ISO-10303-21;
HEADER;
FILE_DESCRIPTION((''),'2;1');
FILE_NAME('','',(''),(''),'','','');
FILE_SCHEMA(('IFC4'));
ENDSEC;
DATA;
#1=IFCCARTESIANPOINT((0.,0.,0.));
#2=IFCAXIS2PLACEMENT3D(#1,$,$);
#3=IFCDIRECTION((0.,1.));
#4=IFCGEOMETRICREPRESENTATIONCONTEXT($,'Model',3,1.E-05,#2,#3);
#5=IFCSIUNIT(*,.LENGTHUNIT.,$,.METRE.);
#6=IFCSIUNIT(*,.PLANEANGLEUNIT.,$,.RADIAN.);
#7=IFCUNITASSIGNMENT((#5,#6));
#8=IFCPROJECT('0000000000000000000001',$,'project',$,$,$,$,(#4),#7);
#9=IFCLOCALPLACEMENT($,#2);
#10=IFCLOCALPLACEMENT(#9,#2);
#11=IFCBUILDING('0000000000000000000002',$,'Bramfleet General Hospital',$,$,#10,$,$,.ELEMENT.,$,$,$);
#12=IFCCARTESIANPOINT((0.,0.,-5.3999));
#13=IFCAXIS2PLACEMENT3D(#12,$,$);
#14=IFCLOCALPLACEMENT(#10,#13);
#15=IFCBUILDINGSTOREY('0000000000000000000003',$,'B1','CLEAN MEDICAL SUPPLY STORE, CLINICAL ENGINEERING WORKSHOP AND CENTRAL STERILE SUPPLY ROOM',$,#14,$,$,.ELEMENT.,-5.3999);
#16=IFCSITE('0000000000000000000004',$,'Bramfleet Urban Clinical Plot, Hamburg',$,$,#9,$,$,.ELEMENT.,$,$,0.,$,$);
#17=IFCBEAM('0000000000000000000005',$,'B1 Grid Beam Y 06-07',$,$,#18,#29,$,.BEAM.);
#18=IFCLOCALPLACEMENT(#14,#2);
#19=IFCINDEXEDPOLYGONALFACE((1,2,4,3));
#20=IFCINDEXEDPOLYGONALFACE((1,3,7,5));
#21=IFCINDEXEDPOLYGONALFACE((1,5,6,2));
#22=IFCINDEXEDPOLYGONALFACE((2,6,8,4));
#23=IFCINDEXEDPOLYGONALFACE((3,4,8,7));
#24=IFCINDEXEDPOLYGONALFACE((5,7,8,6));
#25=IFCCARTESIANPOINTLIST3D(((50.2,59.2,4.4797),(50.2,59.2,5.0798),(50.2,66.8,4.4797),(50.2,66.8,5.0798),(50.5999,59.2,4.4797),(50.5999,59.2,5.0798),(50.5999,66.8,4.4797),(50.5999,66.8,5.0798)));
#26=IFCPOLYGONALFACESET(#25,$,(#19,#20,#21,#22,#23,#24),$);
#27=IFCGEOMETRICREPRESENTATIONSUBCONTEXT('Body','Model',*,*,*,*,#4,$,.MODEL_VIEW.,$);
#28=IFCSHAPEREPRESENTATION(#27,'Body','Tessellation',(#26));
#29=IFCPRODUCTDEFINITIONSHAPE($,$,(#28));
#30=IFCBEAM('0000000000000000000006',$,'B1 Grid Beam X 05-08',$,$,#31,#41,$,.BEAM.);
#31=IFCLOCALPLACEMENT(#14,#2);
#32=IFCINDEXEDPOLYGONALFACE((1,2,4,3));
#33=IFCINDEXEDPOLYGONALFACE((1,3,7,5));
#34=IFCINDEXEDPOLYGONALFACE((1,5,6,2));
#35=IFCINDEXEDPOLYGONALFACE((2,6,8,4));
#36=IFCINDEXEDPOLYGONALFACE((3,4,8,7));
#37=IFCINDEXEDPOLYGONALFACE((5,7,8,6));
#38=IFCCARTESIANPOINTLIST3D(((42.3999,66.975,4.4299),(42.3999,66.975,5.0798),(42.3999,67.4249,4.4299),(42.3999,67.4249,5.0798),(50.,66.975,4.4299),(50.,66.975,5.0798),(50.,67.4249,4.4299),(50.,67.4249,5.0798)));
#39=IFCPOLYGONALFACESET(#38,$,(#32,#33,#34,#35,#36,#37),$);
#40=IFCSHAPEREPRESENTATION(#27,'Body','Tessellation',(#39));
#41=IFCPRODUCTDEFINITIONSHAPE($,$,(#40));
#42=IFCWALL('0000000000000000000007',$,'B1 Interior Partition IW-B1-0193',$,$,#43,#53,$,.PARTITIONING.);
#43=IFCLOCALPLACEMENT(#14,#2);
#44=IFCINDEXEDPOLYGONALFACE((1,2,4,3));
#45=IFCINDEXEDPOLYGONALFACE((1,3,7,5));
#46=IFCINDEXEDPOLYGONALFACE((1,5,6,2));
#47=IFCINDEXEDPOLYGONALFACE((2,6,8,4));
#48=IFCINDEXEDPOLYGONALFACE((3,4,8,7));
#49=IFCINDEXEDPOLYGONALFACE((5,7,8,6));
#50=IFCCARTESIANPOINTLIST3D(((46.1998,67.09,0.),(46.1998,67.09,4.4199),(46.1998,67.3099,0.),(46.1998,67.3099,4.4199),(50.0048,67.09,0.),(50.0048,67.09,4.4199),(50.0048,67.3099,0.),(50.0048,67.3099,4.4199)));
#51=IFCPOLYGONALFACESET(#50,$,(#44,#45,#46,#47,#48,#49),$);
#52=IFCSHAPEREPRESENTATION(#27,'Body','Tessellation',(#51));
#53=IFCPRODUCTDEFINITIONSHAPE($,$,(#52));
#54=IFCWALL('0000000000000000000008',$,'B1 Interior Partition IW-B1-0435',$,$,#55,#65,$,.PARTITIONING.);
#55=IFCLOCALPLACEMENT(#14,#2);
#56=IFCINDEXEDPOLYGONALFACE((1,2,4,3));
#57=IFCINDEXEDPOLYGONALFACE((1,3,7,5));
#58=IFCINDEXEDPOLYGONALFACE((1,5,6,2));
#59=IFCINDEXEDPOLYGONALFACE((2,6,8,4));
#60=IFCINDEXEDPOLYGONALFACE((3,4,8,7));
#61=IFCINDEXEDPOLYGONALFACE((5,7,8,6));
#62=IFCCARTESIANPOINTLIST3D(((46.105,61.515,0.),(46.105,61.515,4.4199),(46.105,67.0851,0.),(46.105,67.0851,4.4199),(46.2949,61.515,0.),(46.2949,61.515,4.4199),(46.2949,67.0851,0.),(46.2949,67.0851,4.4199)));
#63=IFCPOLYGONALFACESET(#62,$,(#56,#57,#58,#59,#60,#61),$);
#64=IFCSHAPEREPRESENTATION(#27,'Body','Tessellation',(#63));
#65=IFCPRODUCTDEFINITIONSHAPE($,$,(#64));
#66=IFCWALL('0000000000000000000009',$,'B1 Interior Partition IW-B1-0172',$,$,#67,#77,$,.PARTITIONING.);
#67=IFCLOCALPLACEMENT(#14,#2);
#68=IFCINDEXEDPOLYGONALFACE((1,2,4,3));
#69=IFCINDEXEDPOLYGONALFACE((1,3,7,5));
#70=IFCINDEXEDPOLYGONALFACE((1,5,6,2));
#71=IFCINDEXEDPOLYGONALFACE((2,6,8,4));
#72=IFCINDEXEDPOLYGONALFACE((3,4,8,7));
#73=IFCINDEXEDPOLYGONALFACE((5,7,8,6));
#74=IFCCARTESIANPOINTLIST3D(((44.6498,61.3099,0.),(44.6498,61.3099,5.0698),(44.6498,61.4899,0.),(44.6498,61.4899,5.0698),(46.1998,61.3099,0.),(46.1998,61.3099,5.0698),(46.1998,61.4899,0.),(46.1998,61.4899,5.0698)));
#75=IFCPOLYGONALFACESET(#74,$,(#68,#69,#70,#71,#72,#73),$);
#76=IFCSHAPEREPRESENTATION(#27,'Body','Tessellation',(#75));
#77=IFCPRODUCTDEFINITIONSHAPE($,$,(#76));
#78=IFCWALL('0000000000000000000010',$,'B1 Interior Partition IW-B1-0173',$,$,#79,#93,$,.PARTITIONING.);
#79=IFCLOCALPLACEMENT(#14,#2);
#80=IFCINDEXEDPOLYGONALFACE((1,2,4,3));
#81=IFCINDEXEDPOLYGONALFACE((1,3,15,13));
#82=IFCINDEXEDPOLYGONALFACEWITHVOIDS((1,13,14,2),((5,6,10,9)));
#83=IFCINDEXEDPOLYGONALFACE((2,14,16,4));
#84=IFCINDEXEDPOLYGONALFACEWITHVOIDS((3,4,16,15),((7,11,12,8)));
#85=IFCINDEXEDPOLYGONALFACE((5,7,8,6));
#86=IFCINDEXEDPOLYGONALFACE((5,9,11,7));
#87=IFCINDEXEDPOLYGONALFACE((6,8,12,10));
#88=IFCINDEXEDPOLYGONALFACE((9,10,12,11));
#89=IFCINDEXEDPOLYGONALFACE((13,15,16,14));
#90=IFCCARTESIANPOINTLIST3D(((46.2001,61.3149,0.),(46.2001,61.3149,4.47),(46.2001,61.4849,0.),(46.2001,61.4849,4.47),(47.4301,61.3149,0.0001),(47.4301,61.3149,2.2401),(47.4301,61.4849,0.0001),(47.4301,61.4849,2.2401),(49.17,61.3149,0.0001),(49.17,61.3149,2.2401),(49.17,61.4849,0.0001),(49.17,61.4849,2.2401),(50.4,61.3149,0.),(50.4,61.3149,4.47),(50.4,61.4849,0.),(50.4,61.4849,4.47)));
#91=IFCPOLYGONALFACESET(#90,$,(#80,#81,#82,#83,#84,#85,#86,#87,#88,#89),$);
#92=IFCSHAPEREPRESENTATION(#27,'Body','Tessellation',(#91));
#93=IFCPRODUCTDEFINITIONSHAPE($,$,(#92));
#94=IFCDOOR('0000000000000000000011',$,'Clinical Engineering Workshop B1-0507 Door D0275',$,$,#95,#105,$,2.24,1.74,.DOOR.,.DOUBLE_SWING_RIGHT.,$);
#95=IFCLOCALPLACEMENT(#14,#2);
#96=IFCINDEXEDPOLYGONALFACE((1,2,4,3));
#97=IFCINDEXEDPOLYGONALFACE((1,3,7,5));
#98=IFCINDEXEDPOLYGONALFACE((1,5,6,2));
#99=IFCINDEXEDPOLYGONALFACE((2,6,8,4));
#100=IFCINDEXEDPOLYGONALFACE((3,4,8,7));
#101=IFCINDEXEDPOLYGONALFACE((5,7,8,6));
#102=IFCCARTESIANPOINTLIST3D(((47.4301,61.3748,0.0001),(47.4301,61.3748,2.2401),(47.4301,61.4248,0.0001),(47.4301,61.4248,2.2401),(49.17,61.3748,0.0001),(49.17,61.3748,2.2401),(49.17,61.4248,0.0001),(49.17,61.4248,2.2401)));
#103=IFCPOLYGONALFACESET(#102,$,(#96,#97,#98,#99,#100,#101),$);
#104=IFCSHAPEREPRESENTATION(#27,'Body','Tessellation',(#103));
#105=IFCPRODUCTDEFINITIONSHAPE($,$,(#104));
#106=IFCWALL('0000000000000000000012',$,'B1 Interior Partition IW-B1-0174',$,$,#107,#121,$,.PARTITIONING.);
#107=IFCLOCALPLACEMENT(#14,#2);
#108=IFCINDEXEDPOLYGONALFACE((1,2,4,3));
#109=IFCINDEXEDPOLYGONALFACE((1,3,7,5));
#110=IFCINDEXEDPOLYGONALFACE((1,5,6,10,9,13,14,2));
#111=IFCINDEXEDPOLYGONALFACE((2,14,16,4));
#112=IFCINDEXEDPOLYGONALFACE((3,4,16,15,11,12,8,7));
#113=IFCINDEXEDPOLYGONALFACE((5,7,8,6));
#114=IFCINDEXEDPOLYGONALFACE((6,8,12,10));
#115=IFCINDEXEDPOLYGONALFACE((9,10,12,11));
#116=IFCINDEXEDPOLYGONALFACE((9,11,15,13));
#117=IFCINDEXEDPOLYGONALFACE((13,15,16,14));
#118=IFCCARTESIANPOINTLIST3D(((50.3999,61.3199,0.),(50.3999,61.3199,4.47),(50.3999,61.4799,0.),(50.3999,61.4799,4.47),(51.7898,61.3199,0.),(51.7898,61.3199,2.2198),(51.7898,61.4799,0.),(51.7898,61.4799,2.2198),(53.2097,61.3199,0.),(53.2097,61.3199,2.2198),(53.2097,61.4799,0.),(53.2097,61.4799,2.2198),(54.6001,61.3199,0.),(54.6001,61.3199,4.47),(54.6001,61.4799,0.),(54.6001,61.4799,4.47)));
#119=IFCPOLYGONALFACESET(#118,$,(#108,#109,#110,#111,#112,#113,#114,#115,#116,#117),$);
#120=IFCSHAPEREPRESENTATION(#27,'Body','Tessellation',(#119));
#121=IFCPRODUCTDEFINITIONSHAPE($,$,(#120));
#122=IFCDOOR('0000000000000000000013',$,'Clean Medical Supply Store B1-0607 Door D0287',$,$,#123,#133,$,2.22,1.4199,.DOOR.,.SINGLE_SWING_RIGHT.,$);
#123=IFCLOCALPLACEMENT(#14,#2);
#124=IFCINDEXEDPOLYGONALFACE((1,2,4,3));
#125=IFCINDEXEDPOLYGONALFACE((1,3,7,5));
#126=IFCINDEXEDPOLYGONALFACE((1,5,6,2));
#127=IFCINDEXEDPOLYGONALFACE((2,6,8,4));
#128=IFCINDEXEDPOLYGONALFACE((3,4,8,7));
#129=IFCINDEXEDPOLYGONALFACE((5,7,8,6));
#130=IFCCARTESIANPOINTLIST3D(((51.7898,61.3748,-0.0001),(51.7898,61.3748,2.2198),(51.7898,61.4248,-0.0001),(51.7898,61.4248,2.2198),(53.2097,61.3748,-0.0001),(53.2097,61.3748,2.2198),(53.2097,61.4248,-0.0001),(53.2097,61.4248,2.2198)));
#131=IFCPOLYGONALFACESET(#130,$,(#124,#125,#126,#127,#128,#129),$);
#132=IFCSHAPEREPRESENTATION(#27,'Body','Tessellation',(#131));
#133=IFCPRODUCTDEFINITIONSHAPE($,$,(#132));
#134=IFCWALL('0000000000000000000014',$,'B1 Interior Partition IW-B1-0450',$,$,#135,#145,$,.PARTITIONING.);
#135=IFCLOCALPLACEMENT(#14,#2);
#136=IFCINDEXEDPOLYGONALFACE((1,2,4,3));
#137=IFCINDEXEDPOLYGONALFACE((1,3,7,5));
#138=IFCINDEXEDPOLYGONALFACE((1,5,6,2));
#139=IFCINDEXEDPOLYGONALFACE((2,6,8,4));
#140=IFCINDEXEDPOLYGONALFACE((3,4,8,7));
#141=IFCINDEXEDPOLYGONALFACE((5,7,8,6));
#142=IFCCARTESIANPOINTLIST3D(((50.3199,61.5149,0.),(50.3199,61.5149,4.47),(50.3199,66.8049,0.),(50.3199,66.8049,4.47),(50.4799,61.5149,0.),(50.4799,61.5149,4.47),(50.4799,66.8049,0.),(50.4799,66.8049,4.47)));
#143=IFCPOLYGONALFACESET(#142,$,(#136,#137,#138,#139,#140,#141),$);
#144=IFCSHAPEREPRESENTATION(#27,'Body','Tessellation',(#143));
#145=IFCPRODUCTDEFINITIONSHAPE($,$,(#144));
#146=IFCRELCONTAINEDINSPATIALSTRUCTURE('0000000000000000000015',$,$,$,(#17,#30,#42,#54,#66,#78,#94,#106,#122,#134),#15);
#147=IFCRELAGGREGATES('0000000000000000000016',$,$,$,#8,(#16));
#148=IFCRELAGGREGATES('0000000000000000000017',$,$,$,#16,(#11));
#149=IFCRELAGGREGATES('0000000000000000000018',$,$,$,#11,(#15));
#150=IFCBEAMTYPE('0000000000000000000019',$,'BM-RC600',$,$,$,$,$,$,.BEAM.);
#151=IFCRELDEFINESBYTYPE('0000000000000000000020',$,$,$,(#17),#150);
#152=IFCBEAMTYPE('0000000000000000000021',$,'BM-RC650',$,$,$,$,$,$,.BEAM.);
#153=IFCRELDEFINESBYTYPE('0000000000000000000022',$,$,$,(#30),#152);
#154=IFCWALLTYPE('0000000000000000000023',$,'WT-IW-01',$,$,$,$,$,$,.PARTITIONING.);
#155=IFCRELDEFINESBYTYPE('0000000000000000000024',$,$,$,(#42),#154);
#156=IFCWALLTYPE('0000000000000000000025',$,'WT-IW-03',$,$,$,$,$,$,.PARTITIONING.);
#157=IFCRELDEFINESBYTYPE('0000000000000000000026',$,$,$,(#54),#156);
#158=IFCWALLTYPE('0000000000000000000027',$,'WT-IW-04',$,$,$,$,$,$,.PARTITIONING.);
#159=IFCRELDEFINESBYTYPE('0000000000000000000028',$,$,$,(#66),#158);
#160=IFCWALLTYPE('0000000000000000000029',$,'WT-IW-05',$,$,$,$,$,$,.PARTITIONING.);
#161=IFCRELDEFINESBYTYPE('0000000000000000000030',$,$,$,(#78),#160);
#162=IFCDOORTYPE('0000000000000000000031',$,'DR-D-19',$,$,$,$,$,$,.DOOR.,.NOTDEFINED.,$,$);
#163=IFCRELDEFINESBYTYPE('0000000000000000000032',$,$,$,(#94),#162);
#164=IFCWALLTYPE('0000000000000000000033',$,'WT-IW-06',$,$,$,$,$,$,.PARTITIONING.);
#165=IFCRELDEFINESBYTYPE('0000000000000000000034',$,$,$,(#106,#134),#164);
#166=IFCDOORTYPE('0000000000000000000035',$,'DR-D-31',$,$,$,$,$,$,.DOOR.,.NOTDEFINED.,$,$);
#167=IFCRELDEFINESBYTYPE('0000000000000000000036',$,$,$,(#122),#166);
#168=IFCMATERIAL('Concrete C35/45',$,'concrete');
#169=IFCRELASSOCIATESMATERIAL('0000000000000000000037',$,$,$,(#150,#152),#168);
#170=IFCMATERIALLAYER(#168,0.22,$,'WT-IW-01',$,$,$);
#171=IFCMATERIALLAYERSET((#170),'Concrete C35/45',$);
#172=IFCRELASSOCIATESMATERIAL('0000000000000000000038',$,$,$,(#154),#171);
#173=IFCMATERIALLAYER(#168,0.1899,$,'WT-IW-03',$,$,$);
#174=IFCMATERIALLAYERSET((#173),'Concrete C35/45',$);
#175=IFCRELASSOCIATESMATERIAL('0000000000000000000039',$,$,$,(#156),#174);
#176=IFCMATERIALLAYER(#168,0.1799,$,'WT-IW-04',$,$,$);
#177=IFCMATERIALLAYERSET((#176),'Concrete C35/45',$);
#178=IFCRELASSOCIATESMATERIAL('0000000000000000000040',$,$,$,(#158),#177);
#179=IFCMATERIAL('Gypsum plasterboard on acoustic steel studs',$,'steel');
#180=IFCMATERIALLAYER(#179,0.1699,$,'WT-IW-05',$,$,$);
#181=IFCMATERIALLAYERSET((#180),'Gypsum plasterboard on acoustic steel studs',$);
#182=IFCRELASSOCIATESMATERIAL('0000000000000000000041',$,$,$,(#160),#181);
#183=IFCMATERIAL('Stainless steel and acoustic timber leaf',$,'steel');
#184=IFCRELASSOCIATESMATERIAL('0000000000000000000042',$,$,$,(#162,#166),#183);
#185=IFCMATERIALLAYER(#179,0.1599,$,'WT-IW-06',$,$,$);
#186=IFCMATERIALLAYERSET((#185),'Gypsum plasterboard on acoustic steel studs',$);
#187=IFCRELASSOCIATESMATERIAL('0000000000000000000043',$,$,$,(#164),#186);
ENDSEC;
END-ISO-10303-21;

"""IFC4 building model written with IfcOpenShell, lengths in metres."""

from ifc_helpers import new_model, si_unit, direction, frame, frame_2d, origin, origin_2d, place, context, subcontext, project, spatial, rectangle, extrude, material, layer, layer_set, material_profile, profile_set, type_object, element, fill, save


model = new_model("IFC4")

# Units and contexts
model_context = context("Model", 3, precision=1e-05, world=origin(), true_north=direction((0.0, 1.0)))
body_context = subcontext(model_context, "Body", "Model", "MODEL_VIEW")
ifc_project = project(units=[si_unit("LENGTHUNIT", "METRE"), si_unit("PLANEANGLEUNIT", "RADIAN")], contexts=[model_context])

# Site, building, storey
site_placement = place(None, origin())
site = spatial("IfcSite", under=ifc_project, at=site_placement, Name="Bramfleet Urban Clinical Plot, Hamburg", CompositionType="ELEMENT", RefElevation=0.0)
building_placement = place(site_placement, origin())
building = spatial("IfcBuilding", under=site, at=building_placement, Name="Bramfleet General Hospital", CompositionType="ELEMENT")
storey_placement = place(building_placement, frame((0.0, 0.0, -5.3999)))
storey = spatial("IfcBuildingStorey", under=building, at=storey_placement, Name="B1", Description="CLEAN MEDICAL SUPPLY STORE, CLINICAL ENGINEERING WORKSHOP AND CENTRAL STERILE SUPPLY ROOM", CompositionType="ELEMENT", Elevation=-5.3999)

# Shared definitions
ifc_material_1 = material(Name="Concrete C35/45", Category="concrete")

# Beams
ifc_material_profile_1 = material_profile(ifc_material_1, rectangle(XDim=0.3999, YDim=0.6001, at=origin_2d()), Name="RC BM 600x400")
ifc_profile_set_1 = profile_set([ifc_material_profile_1], Name="Concrete C35/45")
beam_type_1 = type_object("IfcBeamType", Name="BM-RC600", PredefinedType="BEAM", material=ifc_profile_set_1)
beam_1_placement = place(storey_placement, frame((50.3999, 59.2, 4.7798), z_axis=(0.0, 1.0, 0.0), x_axis=(-1.0, 0.0, 0.0)))
element("IfcBeam", 1, at=beam_1_placement, inside=storey, type_object=beam_type_1, Name="B1 Grid Beam Y 06-07", PredefinedType="BEAM", context=body_context, shape_type="SweptSolid", body=[
    extrude(rectangle(XDim=0.3999, YDim=0.6001, at=origin_2d()), origin(), (0.0, 0.0, 1.0), 7.6001),
])
ifc_material_profile_2 = material_profile(ifc_material_1, rectangle(XDim=0.45, YDim=0.6499, at=origin_2d()), Name="RC BM 650x450")
ifc_profile_set_2 = profile_set([ifc_material_profile_2], Name="Concrete C35/45")
beam_type_2 = type_object("IfcBeamType", Name="BM-RC650", PredefinedType="BEAM", material=ifc_profile_set_2)
beam_2_placement = place(storey_placement, frame((42.3999, 67.2, 4.7549), z_axis=(1.0, 0.0, 0.0), x_axis=(0.0, 1.0, 0.0)))
element("IfcBeam", 2, at=beam_2_placement, inside=storey, type_object=beam_type_2, Name="B1 Grid Beam X 05-08", PredefinedType="BEAM", context=body_context, shape_type="SweptSolid", body=[
    extrude(rectangle(XDim=0.45, YDim=0.6499, at=origin_2d()), origin(), (0.0, 0.0, 1.0), 7.6001),
])

# Walls
ifc_layer_1 = layer(ifc_material_1, 0.22, Name="WT-IW-01")
ifc_layer_set_1 = layer_set([ifc_layer_1], Name="Concrete C35/45")
wall_type_1 = type_object("IfcWallType", Name="WT-IW-01", PredefinedType="PARTITIONING", material=ifc_layer_set_1)
wall_1_placement = place(storey_placement, frame((46.2, 67.2, 0.0), z_axis=(0.0, 0.0, 1.0), x_axis=(1.0, 0.0, 0.0)))
element("IfcWall", 3, at=wall_1_placement, inside=storey, type_object=wall_type_1, Name="B1 Interior Partition IW-B1-0193", PredefinedType="PARTITIONING", context=body_context, shape_type="SweptSolid", body=[
    extrude(rectangle(XDim=3.8049, YDim=0.22, at=frame_2d((1.9023, 0.0))), origin(), (0.0, 0.0, 1.0), 4.4199),
])
ifc_layer_2 = layer(ifc_material_1, 0.1899, Name="WT-IW-03")
ifc_layer_set_2 = layer_set([ifc_layer_2], Name="Concrete C35/45")
wall_type_2 = type_object("IfcWallType", Name="WT-IW-03", PredefinedType="PARTITIONING", material=ifc_layer_set_2)
wall_2_placement = place(storey_placement, frame((46.2, 61.5149, 0.0), z_axis=(0.0, 0.0, 1.0), x_axis=(0.0, 1.0, 0.0)))
element("IfcWall", 4, at=wall_2_placement, inside=storey, type_object=wall_type_2, Name="B1 Interior Partition IW-B1-0435", PredefinedType="PARTITIONING", context=body_context, shape_type="SweptSolid", body=[
    extrude(rectangle(XDim=5.5701, YDim=0.1899, at=frame_2d((2.7852, 0.0))), origin(), (0.0, 0.0, 1.0), 4.4199),
])
ifc_layer_3 = layer(ifc_material_1, 0.1799, Name="WT-IW-04")
ifc_layer_set_3 = layer_set([ifc_layer_3], Name="Concrete C35/45")
wall_type_3 = type_object("IfcWallType", Name="WT-IW-04", PredefinedType="PARTITIONING", material=ifc_layer_set_3)
wall_3_placement = place(storey_placement, frame((44.6499, 61.3999, 0.0), z_axis=(0.0, 0.0, 1.0), x_axis=(1.0, 0.0, 0.0)))
element("IfcWall", 5, at=wall_3_placement, inside=storey, type_object=wall_type_3, Name="B1 Interior Partition IW-B1-0172", PredefinedType="PARTITIONING", context=body_context, shape_type="SweptSolid", body=[
    extrude(rectangle(XDim=1.55, YDim=0.1799, at=frame_2d((0.7749, 0.0))), origin(), (0.0, 0.0, 1.0), 5.0698),
])

# Walls, openings, doors
ifc_material_2 = material(Name="Gypsum plasterboard on acoustic steel studs", Category="steel")
ifc_layer_4 = layer(ifc_material_2, 0.1699, Name="WT-IW-05")
ifc_layer_set_4 = layer_set([ifc_layer_4], Name="Gypsum plasterboard on acoustic steel studs")
wall_type_4 = type_object("IfcWallType", Name="WT-IW-05", PredefinedType="PARTITIONING", material=ifc_layer_set_4)
wall_4_placement = place(storey_placement, frame((46.2, 61.3999, 0.0), z_axis=(0.0, 0.0, 1.0), x_axis=(1.0, 0.0, 0.0)))
wall_4 = element("IfcWall", 6, at=wall_4_placement, inside=storey, type_object=wall_type_4, Name="B1 Interior Partition IW-B1-0173", PredefinedType="PARTITIONING", context=body_context, shape_type="SweptSolid", body=[
    extrude(rectangle(XDim=4.2, YDim=0.1699, at=frame_2d((2.1001, 0.0))), origin(), (0.0, 0.0, 1.0), 4.47),
])
opening_1_placement = place(wall_4_placement, frame((1.23, 0.0, 0.0)))
opening_1 = element("IfcOpeningElement", 7, at=opening_1_placement, cuts=wall_4, PredefinedType="OPENING", context=body_context, shape_type="SweptSolid", body=[
    extrude(rectangle(XDim=1.74, YDim=2.24, at=frame_2d((0.8701, 1.1201))), frame((0.0, 0.095, 0.0), z_axis=(0.0, -1.0, 0.0), x_axis=(1.0, 0.0, 0.0)), (0.0, 0.0, 1.0), 0.1899),
])
ifc_material_3 = material(Name="Stainless steel and acoustic timber leaf", Category="steel")
door_type_1 = type_object("IfcDoorType", Name="DR-D-19", OperationType="NOTDEFINED", PredefinedType="DOOR", material=ifc_material_3)
door_1_placement = place(opening_1_placement, origin())
door_1 = element("IfcDoor", 8, at=door_1_placement, inside=storey, type_object=door_type_1, Name="Clinical Engineering Workshop B1-0507 Door D0275", OperationType="DOUBLE_SWING_RIGHT", OverallHeight=2.24, OverallWidth=1.74, PredefinedType="DOOR", context=body_context, shape_type="SweptSolid", body=[
    extrude(rectangle(XDim=1.74, YDim=2.24, at=frame_2d((0.8701, 1.1201))), frame((0.0, 0.0249, 0.0), z_axis=(0.0, -1.0, 0.0), x_axis=(1.0, 0.0, 0.0)), (0.0, 0.0, 1.0), 0.05),
])
fill(opening_1, door_1)
ifc_layer_5 = layer(ifc_material_2, 0.1599, Name="WT-IW-06")
ifc_layer_set_5 = layer_set([ifc_layer_5], Name="Gypsum plasterboard on acoustic steel studs")
wall_type_5 = type_object("IfcWallType", Name="WT-IW-06", PredefinedType="PARTITIONING", material=ifc_layer_set_5)
wall_5_placement = place(storey_placement, frame((50.3999, 61.3999, 0.0), z_axis=(0.0, 0.0, 1.0), x_axis=(1.0, 0.0, 0.0)))
wall_5 = element("IfcWall", 9, at=wall_5_placement, inside=storey, type_object=wall_type_5, Name="B1 Interior Partition IW-B1-0174", PredefinedType="PARTITIONING", context=body_context, shape_type="SweptSolid", body=[
    extrude(rectangle(XDim=4.2002, YDim=0.1599, at=frame_2d((2.1001, 0.0))), origin(), (0.0, 0.0, 1.0), 4.47),
])
opening_2_placement = place(wall_5_placement, frame((1.3899, 0.0, 0.0)))
opening_2 = element("IfcOpeningElement", 10, at=opening_2_placement, cuts=wall_5, PredefinedType="OPENING", context=body_context, shape_type="SweptSolid", body=[
    extrude(rectangle(XDim=1.4199, YDim=2.22, at=frame_2d((0.71, 1.1099))), frame((0.0, 0.0898, 0.0), z_axis=(0.0, -1.0, 0.0), x_axis=(1.0, 0.0, 0.0)), (0.0, 0.0, 1.0), 0.1799),
])
door_type_2 = type_object("IfcDoorType", Name="DR-D-31", OperationType="NOTDEFINED", PredefinedType="DOOR", material=ifc_material_3)
door_2_placement = place(opening_2_placement, origin())
door_2 = element("IfcDoor", 11, at=door_2_placement, inside=storey, type_object=door_type_2, Name="Clean Medical Supply Store B1-0607 Door D0287", OperationType="SINGLE_SWING_RIGHT", OverallHeight=2.22, OverallWidth=1.4199, PredefinedType="DOOR", context=body_context, shape_type="SweptSolid", body=[
    extrude(rectangle(XDim=1.4199, YDim=2.22, at=frame_2d((0.71, 1.1099))), frame((0.0, 0.0249, 0.0), z_axis=(0.0, -1.0, 0.0), x_axis=(1.0, 0.0, 0.0)), (0.0, 0.0, 1.0), 0.05),
])
fill(opening_2, door_2)

# Wall
wall_6_placement = place(storey_placement, frame((50.3999, 61.5149, 0.0), z_axis=(0.0, 0.0, 1.0), x_axis=(0.0, 1.0, 0.0)))
element("IfcWall", 12, at=wall_6_placement, inside=storey, type_object=wall_type_5, Name="B1 Interior Partition IW-B1-0450", PredefinedType="PARTITIONING", context=body_context, shape_type="SweptSolid", body=[
    extrude(rectangle(XDim=5.29, YDim=0.1599, at=frame_2d((2.645, 0.0))), origin(), (0.0, 0.0, 1.0), 4.47),
])

save(model, "model.ifc")
